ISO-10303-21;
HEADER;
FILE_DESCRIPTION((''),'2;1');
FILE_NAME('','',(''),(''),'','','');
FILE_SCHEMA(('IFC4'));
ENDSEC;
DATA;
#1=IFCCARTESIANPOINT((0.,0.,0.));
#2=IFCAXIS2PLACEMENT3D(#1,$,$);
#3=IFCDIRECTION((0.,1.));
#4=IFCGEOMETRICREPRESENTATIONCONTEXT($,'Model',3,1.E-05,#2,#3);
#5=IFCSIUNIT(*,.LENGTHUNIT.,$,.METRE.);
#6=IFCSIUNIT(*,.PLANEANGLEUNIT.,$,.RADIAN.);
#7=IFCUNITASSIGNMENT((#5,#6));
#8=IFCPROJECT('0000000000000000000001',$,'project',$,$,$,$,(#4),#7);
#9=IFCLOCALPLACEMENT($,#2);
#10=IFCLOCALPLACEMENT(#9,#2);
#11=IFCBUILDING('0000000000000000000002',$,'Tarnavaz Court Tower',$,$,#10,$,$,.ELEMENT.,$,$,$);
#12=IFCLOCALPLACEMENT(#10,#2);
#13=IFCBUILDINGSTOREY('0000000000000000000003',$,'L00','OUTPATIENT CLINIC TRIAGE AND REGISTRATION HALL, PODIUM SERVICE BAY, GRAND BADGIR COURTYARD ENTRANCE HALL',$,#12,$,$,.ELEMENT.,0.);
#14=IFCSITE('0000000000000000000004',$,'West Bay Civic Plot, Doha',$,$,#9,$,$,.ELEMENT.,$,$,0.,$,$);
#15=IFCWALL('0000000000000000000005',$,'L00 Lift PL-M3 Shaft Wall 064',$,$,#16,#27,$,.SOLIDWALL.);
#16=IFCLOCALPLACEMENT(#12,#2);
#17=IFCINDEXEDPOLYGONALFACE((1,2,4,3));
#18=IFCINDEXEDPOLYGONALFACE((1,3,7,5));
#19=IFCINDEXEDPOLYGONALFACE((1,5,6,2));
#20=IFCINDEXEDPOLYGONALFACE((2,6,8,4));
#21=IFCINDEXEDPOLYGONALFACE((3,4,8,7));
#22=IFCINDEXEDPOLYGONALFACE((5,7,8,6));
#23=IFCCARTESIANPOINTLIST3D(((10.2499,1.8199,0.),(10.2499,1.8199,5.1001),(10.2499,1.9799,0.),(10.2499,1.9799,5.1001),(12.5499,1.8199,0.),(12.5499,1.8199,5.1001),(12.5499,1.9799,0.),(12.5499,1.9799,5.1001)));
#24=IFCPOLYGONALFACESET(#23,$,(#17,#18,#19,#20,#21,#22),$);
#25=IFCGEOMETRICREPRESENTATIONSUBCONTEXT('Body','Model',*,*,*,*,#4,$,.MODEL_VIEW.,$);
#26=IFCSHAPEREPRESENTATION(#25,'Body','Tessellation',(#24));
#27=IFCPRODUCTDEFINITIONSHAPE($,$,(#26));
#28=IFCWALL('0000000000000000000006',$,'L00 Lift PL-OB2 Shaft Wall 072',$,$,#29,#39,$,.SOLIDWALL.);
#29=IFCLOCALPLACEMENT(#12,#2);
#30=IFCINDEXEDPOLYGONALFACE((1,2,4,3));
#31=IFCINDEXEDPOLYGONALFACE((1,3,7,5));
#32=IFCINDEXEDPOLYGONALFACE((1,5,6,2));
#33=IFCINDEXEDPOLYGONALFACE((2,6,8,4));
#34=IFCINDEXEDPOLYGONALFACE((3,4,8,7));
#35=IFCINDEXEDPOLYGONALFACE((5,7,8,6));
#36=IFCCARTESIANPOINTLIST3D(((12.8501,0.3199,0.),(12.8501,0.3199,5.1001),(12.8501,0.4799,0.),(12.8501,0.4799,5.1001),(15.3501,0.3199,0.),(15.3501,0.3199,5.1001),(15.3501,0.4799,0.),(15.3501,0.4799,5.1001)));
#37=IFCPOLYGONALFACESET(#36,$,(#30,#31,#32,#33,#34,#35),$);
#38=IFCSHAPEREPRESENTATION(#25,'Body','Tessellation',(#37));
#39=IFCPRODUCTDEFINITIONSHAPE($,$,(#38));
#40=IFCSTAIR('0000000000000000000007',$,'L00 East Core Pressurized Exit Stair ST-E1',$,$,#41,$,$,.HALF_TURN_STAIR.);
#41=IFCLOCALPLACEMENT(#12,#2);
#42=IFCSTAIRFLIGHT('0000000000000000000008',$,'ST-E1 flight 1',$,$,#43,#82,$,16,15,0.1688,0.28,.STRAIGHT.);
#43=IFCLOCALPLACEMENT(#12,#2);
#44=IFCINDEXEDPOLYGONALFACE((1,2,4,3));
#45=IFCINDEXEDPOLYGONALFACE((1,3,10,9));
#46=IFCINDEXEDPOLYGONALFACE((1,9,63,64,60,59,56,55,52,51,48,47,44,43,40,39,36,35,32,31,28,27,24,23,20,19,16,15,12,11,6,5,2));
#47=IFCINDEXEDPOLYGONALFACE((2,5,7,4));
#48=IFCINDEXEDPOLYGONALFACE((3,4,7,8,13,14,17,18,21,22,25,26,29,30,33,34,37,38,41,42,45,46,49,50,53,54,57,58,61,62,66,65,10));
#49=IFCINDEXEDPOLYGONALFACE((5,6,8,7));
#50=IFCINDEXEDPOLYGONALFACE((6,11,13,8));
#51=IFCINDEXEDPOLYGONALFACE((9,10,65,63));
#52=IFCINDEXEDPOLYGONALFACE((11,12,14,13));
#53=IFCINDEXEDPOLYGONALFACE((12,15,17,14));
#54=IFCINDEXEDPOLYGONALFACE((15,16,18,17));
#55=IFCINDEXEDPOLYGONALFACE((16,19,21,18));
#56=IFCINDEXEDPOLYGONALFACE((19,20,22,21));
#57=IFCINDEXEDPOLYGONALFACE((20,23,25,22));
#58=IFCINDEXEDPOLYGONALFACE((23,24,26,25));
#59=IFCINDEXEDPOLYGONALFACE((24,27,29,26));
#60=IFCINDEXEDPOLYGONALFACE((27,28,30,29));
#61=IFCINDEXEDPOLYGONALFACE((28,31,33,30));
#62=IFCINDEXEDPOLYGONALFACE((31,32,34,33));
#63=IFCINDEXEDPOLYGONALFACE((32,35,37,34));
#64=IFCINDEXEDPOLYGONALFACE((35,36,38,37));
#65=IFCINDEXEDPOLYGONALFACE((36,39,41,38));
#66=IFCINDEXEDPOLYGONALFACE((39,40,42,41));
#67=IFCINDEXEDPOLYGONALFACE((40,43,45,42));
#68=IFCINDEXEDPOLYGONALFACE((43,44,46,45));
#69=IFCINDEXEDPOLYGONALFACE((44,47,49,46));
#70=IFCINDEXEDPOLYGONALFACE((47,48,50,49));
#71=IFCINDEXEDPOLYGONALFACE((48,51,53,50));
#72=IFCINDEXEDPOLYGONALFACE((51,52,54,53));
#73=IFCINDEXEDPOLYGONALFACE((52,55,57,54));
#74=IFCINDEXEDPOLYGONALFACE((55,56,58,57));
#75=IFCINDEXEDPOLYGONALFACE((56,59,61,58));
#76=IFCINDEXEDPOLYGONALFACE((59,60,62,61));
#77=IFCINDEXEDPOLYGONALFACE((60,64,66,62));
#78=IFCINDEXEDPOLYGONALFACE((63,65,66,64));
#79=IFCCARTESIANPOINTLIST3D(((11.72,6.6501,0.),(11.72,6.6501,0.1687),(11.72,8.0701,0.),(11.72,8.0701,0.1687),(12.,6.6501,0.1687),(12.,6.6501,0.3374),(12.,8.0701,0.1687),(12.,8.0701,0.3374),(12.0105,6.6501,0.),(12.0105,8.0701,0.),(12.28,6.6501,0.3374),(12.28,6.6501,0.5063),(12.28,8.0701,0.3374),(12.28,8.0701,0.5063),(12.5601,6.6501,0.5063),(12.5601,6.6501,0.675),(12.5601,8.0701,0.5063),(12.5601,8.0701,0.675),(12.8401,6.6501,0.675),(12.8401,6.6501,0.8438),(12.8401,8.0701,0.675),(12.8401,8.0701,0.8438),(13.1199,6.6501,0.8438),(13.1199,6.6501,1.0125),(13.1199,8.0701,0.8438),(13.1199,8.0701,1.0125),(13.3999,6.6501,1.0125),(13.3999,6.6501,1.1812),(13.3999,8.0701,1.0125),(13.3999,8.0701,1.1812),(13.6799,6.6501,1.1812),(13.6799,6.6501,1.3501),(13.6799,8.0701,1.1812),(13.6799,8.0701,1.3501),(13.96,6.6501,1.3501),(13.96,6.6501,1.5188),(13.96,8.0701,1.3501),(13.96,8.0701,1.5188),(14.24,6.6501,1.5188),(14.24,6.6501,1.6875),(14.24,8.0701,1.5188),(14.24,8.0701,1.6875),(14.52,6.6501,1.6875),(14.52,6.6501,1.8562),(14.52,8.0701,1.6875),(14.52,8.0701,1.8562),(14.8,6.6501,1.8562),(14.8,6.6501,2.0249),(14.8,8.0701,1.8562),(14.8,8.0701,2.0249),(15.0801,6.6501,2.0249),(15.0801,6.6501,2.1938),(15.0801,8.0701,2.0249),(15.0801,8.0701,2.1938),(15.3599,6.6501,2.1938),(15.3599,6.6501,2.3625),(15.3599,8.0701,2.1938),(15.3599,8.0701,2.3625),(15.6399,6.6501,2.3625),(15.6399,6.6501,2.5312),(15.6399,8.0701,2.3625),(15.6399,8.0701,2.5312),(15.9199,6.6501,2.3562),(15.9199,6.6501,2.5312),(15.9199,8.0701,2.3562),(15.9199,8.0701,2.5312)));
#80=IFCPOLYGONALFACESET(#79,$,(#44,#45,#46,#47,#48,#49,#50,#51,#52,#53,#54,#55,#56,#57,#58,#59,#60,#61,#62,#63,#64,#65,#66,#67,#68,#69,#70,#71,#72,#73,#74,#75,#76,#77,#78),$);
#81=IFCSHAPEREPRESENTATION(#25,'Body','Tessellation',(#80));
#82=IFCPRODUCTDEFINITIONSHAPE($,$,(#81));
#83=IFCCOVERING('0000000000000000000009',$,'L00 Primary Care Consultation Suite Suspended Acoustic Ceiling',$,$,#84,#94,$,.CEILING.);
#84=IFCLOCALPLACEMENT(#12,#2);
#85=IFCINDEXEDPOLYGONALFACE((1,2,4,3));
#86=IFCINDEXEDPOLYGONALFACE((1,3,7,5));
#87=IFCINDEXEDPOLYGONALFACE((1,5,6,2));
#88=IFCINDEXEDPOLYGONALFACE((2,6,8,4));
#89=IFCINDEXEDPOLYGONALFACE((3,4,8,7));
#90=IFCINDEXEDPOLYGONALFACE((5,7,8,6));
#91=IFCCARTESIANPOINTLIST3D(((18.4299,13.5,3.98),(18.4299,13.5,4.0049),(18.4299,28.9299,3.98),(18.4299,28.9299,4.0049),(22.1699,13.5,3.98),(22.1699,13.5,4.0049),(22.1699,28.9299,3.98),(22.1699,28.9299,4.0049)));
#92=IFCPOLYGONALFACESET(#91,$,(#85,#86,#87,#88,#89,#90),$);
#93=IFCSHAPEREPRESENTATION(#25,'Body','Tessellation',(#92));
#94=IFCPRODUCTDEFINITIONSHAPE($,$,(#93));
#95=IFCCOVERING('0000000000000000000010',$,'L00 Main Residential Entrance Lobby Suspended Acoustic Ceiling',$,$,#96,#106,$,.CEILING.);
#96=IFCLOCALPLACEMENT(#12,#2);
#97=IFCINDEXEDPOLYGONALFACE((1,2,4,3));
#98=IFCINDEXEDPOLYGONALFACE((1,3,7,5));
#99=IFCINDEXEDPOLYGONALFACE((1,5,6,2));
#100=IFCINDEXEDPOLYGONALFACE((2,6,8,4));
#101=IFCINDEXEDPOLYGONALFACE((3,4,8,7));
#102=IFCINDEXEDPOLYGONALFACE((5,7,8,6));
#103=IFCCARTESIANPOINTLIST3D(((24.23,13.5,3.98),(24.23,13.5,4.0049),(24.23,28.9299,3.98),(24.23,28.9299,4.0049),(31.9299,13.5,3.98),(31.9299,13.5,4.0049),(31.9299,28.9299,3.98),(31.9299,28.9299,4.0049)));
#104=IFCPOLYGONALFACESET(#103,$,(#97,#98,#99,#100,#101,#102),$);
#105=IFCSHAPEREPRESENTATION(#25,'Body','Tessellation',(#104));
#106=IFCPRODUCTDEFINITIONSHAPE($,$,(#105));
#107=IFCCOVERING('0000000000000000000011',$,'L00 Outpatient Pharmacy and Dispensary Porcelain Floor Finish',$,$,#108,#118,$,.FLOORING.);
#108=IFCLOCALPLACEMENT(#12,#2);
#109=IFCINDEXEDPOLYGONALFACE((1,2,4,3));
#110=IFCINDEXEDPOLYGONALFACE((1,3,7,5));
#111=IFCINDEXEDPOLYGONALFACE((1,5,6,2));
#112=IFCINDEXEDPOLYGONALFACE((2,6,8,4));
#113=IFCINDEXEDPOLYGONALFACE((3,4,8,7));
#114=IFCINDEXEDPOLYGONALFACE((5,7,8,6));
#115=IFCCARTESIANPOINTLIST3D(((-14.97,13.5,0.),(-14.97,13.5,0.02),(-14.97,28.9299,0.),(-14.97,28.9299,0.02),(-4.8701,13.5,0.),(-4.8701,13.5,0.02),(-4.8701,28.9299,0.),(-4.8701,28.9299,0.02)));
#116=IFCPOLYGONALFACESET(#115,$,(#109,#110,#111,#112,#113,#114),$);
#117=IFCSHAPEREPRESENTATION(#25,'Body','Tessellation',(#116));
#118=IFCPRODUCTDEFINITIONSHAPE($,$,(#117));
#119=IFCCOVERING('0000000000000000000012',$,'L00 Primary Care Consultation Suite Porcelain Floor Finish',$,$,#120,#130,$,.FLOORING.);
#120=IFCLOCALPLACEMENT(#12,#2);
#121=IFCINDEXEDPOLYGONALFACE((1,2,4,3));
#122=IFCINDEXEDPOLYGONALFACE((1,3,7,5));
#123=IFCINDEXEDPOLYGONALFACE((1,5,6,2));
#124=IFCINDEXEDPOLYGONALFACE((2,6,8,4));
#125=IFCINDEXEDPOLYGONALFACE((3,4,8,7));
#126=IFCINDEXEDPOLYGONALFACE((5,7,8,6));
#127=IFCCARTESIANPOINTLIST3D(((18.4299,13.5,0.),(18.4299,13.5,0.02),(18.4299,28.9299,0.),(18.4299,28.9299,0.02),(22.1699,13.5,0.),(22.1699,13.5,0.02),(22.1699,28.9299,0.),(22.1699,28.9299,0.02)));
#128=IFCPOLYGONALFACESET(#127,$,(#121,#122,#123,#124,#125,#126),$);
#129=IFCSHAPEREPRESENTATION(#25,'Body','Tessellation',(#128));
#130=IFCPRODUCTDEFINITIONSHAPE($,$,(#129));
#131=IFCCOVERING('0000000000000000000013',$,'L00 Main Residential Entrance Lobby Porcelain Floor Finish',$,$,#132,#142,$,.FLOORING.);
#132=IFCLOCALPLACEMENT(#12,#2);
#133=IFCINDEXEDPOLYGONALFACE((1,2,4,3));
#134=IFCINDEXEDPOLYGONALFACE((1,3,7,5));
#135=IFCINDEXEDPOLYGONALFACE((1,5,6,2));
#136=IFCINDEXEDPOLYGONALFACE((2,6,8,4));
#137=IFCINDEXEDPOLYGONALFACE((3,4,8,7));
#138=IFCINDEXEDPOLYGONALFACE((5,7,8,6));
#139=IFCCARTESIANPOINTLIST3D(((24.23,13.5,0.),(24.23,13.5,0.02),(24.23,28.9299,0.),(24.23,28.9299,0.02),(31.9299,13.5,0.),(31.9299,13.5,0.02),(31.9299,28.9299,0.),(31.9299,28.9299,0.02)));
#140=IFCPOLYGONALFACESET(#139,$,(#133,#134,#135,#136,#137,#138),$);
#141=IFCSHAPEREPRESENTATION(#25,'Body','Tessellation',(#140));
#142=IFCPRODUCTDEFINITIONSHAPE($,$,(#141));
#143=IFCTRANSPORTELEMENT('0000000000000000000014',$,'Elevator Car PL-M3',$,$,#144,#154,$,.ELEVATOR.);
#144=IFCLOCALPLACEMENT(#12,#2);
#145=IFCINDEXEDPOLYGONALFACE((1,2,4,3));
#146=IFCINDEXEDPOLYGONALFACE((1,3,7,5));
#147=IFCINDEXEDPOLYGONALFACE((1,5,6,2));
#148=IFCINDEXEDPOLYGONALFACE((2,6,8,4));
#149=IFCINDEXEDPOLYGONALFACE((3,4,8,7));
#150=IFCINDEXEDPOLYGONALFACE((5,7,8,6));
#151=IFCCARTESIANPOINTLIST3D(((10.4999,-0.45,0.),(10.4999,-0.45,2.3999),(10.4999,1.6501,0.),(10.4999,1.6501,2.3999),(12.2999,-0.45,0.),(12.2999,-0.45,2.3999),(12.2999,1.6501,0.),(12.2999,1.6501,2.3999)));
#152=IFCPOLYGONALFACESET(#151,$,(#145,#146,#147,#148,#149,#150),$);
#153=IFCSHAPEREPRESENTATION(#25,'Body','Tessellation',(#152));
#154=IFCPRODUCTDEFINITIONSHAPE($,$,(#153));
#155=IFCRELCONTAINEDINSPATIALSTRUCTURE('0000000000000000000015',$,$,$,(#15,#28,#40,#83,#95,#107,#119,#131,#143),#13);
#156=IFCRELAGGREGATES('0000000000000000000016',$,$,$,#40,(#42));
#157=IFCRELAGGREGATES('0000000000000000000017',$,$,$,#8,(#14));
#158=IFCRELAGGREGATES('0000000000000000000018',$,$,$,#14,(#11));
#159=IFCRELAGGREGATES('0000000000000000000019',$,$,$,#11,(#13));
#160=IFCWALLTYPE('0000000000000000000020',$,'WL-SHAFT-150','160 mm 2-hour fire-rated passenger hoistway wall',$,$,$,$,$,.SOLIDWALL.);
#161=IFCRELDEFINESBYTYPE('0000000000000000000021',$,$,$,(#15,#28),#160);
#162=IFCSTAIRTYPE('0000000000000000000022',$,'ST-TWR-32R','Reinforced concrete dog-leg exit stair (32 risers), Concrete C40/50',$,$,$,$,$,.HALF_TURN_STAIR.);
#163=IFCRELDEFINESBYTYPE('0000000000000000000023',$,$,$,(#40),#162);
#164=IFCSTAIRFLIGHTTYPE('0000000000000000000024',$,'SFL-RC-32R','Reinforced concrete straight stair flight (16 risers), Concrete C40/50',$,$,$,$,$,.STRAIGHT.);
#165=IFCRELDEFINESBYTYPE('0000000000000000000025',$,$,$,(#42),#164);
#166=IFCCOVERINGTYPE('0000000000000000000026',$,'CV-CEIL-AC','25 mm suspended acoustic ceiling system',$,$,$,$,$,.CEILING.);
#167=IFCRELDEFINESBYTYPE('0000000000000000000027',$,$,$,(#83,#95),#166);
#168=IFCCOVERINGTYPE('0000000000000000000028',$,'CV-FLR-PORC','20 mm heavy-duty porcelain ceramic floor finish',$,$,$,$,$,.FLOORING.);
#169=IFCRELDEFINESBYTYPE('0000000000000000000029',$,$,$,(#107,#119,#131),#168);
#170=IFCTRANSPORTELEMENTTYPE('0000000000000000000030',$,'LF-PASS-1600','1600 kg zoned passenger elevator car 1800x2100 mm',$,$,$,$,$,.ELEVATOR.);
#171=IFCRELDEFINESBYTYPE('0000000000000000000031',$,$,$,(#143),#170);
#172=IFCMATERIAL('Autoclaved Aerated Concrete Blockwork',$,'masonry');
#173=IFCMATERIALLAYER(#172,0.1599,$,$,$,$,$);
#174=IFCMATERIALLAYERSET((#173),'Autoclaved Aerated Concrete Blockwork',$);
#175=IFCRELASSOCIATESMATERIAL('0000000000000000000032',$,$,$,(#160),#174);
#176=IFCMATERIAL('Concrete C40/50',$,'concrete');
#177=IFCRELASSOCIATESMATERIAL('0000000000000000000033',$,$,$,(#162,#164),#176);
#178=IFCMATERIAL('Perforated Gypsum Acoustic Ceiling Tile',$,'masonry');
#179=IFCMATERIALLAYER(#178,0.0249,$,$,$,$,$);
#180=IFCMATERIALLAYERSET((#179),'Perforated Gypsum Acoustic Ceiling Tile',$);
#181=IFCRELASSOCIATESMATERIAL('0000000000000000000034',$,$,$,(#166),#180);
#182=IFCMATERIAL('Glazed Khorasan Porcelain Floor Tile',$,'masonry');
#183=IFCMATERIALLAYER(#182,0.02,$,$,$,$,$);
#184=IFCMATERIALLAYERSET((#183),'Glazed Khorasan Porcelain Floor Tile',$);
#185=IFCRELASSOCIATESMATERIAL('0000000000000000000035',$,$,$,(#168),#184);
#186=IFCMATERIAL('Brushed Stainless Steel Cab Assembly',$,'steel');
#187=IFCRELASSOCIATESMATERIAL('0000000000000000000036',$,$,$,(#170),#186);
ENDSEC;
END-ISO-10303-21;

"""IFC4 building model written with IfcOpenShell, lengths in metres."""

from ifc_helpers import new_model, si_unit, direction, frame, frame_2d, origin, origin_2d, place, context, subcontext, project, spatial, polyline, rectangle, outline, extrude, material, layer, layer_set, type_object, element, aggregate, save


model = new_model("IFC4")

# Units and contexts
model_context = context("Model", 3, precision=1e-05, world=origin(), true_north=direction((0.0, 1.0)))
body_context = subcontext(model_context, "Body", "Model", "MODEL_VIEW")
ifc_project = project(units=[si_unit("LENGTHUNIT", "METRE"), si_unit("PLANEANGLEUNIT", "RADIAN")], contexts=[model_context])

# Site, building, storey
site_placement = place(None, origin())
site = spatial("IfcSite", under=ifc_project, at=site_placement, Name="West Bay Civic Plot, Doha", CompositionType="ELEMENT", RefElevation=0.0)
building_placement = place(site_placement, origin())
building = spatial("IfcBuilding", under=site, at=building_placement, Name="Tarnavaz Court Tower", CompositionType="ELEMENT")
storey_placement = place(building_placement, origin())
storey = spatial("IfcBuildingStorey", under=building, at=storey_placement, Name="L00", Description="OUTPATIENT CLINIC TRIAGE AND REGISTRATION HALL, PODIUM SERVICE BAY, GRAND BADGIR COURTYARD ENTRANCE HALL", CompositionType="ELEMENT", Elevation=0.0)

# Shared definitions
ifc_material_1 = material(Name="Autoclaved Aerated Concrete Blockwork", Category="masonry")

# Walls
ifc_layer_1 = layer(ifc_material_1, 0.1599)
ifc_layer_set_1 = layer_set([ifc_layer_1], Name="Autoclaved Aerated Concrete Blockwork")
wall_type_1 = type_object("IfcWallType", Name="WL-SHAFT-150", Description="160 mm 2-hour fire-rated passenger hoistway wall", PredefinedType="SOLIDWALL", material=ifc_layer_set_1)
wall_1_placement = place(storey_placement, frame((10.25, 1.8999, 0.0), z_axis=(0.0, 0.0, 1.0), x_axis=(1.0, 0.0, 0.0)))
element("IfcWall", 1, at=wall_1_placement, inside=storey, type_object=wall_type_1, Name="L00 Lift PL-M3 Shaft Wall 064", PredefinedType="SOLIDWALL", context=body_context, shape_type="SweptSolid", body=[
    extrude(rectangle(XDim=2.3, YDim=0.1599, at=frame_2d((1.1499, 0.0))), origin(), (0.0, 0.0, 1.0), 5.1001),
])
wall_2_placement = place(storey_placement, frame((12.8501, 0.3999, 0.0), z_axis=(0.0, 0.0, 1.0), x_axis=(1.0, 0.0, 0.0)))
element("IfcWall", 2, at=wall_2_placement, inside=storey, type_object=wall_type_1, Name="L00 Lift PL-OB2 Shaft Wall 072", PredefinedType="SOLIDWALL", context=body_context, shape_type="SweptSolid", body=[
    extrude(rectangle(XDim=2.5, YDim=0.1599, at=frame_2d((1.25, 0.0))), origin(), (0.0, 0.0, 1.0), 5.1001),
])

# Stair, stair flight
ifc_material_2 = material(Name="Concrete C40/50", Category="concrete")
stair_type = type_object("IfcStairType", Name="ST-TWR-32R", Description="Reinforced concrete dog-leg exit stair (32 risers), Concrete C40/50", PredefinedType="HALF_TURN_STAIR", material=ifc_material_2)
stair_placement = place(storey_placement, origin())
stair = element("IfcStair", 3, at=stair_placement, inside=storey, type_object=stair_type, Name="L00 East Core Pressurized Exit Stair ST-E1", PredefinedType="HALF_TURN_STAIR")
stair_flight_type = type_object("IfcStairFlightType", Name="SFL-RC-32R", Description="Reinforced concrete straight stair flight (16 risers), Concrete C40/50", PredefinedType="STRAIGHT", material=ifc_material_2)
stair_flight_placement = place(storey_placement, frame((11.72, 7.3601, 0.0), z_axis=(0.0, 0.0, 1.0), x_axis=(1.0, 0.0, 0.0)))
stair_flight = element("IfcStairFlight", 4, at=stair_flight_placement, type_object=stair_flight_type, Name="ST-E1 flight 1", NumberOfRisers=16, NumberOfTreads=15, PredefinedType="STRAIGHT", RiserHeight=0.1688, TreadLength=0.28, context=body_context, shape_type="SweptSolid", body=[
    extrude(outline(polyline([(0.0, 0.0), (0.0, 0.1687), (0.28, 0.1687), (0.28, 0.3374), (0.5601, 0.3374), (0.5601, 0.5063), (0.8401, 0.5063), (0.8401, 0.675), (1.1201, 0.675), (1.1201, 0.8438), (1.3999, 0.8438), (1.3999, 1.0125), (1.6799, 1.0125), (1.6799, 1.1812), (1.96, 1.1812), (1.96, 1.3501), (2.24, 1.3501), (2.24, 1.5188), (2.52, 1.5188), (2.52, 1.6875), (2.8, 1.6875), (2.8, 1.8562), (3.0801, 1.8562), (3.0801, 2.0249), (3.3601, 2.0249), (3.3601, 2.1938), (3.6399, 2.1938), (3.6399, 2.3625), (3.9199, 2.3625), (3.9199, 2.5312), (4.2, 2.5312), (4.2, 2.7), (4.2, 2.3562), (0.2905, 0.0), (0.0, 0.0)])), frame((0.0, 0.71, 0.0), z_axis=(0.0, -1.0, 0.0), x_axis=(1.0, 0.0, 0.0)), (0.0, 0.0, 1.0), 1.4199),
])
aggregate(stair, [stair_flight])

# Coverings
ifc_material_3 = material(Name="Perforated Gypsum Acoustic Ceiling Tile", Category="masonry")
ifc_layer_2 = layer(ifc_material_3, 0.0249)
ifc_layer_set_2 = layer_set([ifc_layer_2], Name="Perforated Gypsum Acoustic Ceiling Tile")
covering_type_1 = type_object("IfcCoveringType", Name="CV-CEIL-AC", Description="25 mm suspended acoustic ceiling system", PredefinedType="CEILING", material=ifc_layer_set_2)
covering_1_placement = place(storey_placement, frame((0.0, 0.0, 3.98)))
element("IfcCovering", 5, at=covering_1_placement, inside=storey, type_object=covering_type_1, Name="L00 Primary Care Consultation Suite Suspended Acoustic Ceiling", PredefinedType="CEILING", context=body_context, shape_type="SweptSolid", body=[
    extrude(outline(polyline([(18.4299, 13.5), (22.1699, 13.5), (22.1699, 28.9299), (18.4299, 28.9299), (18.4299, 13.5)])), origin(), (0.0, 0.0, 1.0), 0.0249),
])
covering_2_placement = place(storey_placement, frame((0.0, 0.0, 3.98)))
element("IfcCovering", 6, at=covering_2_placement, inside=storey, type_object=covering_type_1, Name="L00 Main Residential Entrance Lobby Suspended Acoustic Ceiling", PredefinedType="CEILING", context=body_context, shape_type="SweptSolid", body=[
    extrude(outline(polyline([(24.23, 13.5), (31.9299, 13.5), (31.9299, 28.9299), (24.23, 28.9299), (24.23, 13.5)])), origin(), (0.0, 0.0, 1.0), 0.0249),
])
ifc_material_4 = material(Name="Glazed Khorasan Porcelain Floor Tile", Category="masonry")
ifc_layer_3 = layer(ifc_material_4, 0.02)
ifc_layer_set_3 = layer_set([ifc_layer_3], Name="Glazed Khorasan Porcelain Floor Tile")
covering_type_2 = type_object("IfcCoveringType", Name="CV-FLR-PORC", Description="20 mm heavy-duty porcelain ceramic floor finish", PredefinedType="FLOORING", material=ifc_layer_set_3)
covering_3_placement = place(storey_placement, origin())
element("IfcCovering", 7, at=covering_3_placement, inside=storey, type_object=covering_type_2, Name="L00 Outpatient Pharmacy and Dispensary Porcelain Floor Finish", PredefinedType="FLOORING", context=body_context, shape_type="SweptSolid", body=[
    extrude(outline(polyline([(-14.97, 13.5), (-4.8701, 13.5), (-4.8701, 28.9299), (-14.97, 28.9299), (-14.97, 13.5)])), origin(), (0.0, 0.0, 1.0), 0.02),
])
covering_4_placement = place(storey_placement, origin())
element("IfcCovering", 8, at=covering_4_placement, inside=storey, type_object=covering_type_2, Name="L00 Primary Care Consultation Suite Porcelain Floor Finish", PredefinedType="FLOORING", context=body_context, shape_type="SweptSolid", body=[
    extrude(outline(polyline([(18.4299, 13.5), (22.1699, 13.5), (22.1699, 28.9299), (18.4299, 28.9299), (18.4299, 13.5)])), origin(), (0.0, 0.0, 1.0), 0.02),
])
covering_5_placement = place(storey_placement, origin())
element("IfcCovering", 9, at=covering_5_placement, inside=storey, type_object=covering_type_2, Name="L00 Main Residential Entrance Lobby Porcelain Floor Finish", PredefinedType="FLOORING", context=body_context, shape_type="SweptSolid", body=[
    extrude(outline(polyline([(24.23, 13.5), (31.9299, 13.5), (31.9299, 28.9299), (24.23, 28.9299), (24.23, 13.5)])), origin(), (0.0, 0.0, 1.0), 0.02),
])

# Transport element
ifc_material_5 = material(Name="Brushed Stainless Steel Cab Assembly", Category="steel")
transport_element_type = type_object("IfcTransportElementType", Name="LF-PASS-1600", Description="1600 kg zoned passenger elevator car 1800x2100 mm", PredefinedType="ELEVATOR", material=ifc_material_5)
transport_element_placement = place(storey_placement, frame((11.3999, 0.6001, 0.0), z_axis=(0.0, 0.0, 1.0), x_axis=(1.0, 0.0, 0.0)))
element("IfcTransportElement", 10, at=transport_element_placement, inside=storey, type_object=transport_element_type, Name="Elevator Car PL-M3", PredefinedType="ELEVATOR", context=body_context, shape_type="SweptSolid", body=[
    extrude(rectangle(XDim=1.8, YDim=2.1001, at=origin_2d()), origin(), (0.0, 0.0, 1.0), 2.3999),
])

save(model, "model.ifc")
